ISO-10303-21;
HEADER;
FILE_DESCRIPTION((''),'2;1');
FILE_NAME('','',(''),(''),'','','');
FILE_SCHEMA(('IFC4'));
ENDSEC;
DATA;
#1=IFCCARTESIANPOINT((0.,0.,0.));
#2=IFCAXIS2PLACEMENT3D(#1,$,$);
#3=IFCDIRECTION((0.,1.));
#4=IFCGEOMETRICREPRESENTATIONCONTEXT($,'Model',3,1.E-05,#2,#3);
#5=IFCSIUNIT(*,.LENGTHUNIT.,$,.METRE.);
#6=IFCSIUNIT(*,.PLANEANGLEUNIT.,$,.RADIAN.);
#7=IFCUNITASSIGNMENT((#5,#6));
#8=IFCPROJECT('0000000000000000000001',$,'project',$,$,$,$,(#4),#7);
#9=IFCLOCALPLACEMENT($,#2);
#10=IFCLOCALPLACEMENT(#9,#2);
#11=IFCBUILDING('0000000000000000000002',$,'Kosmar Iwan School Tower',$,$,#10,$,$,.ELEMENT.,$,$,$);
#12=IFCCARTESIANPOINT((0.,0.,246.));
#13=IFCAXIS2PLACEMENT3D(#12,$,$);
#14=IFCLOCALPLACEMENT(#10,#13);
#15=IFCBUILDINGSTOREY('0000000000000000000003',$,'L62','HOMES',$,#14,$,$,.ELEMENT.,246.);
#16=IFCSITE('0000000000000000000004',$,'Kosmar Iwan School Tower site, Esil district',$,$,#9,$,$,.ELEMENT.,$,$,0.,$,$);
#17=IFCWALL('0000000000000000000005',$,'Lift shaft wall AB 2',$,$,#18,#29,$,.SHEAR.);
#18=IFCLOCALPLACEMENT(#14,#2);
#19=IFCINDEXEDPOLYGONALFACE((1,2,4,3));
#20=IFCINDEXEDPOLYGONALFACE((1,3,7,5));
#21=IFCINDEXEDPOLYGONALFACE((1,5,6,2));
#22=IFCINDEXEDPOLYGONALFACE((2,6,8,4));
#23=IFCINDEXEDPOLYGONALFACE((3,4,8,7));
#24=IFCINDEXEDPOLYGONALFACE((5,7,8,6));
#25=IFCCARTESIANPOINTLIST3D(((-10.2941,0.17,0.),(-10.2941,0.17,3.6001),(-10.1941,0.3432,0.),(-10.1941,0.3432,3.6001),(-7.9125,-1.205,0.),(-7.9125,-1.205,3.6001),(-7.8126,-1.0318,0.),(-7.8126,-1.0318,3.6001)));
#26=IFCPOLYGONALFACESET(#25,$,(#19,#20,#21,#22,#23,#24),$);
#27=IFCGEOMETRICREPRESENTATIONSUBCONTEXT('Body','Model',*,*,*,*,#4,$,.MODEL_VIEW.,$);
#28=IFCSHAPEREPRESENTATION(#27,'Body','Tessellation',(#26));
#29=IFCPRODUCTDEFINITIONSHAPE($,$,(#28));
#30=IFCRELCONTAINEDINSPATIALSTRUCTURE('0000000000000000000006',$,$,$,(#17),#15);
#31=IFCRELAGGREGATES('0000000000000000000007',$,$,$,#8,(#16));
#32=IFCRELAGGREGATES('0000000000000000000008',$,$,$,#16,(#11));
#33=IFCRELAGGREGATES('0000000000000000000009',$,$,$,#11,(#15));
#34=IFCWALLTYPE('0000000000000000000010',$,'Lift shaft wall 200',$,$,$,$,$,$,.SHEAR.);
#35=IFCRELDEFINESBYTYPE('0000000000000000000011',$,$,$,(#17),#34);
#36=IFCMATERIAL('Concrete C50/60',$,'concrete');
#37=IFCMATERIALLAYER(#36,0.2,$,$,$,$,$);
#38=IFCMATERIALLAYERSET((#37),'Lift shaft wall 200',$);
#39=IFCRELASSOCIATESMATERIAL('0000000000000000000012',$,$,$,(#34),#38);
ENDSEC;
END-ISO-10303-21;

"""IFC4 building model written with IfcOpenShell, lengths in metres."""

from ifc_helpers import new_model, si_unit, direction, frame, frame_2d, origin, place, context, subcontext, project, spatial, rectangle, extrude, material, layer, layer_set, type_object, element, save


model = new_model("IFC4")

# Units and contexts
model_context = context("Model", 3, precision=1e-05, world=origin(), true_north=direction((0.0, 1.0)))
body_context = subcontext(model_context, "Body", "Model", "MODEL_VIEW")
ifc_project = project(units=[si_unit("LENGTHUNIT", "METRE"), si_unit("PLANEANGLEUNIT", "RADIAN")], contexts=[model_context])

# Site, building, storey
site_placement = place(None, origin())
site = spatial("IfcSite", under=ifc_project, at=site_placement, Name="Kosmar Iwan School Tower site, Esil district", CompositionType="ELEMENT", RefElevation=0.0)
building_placement = place(site_placement, origin())
building = spatial("IfcBuilding", under=site, at=building_placement, Name="Kosmar Iwan School Tower", CompositionType="ELEMENT")
storey_placement = place(building_placement, frame((0.0, 0.0, 246.0)))
storey = spatial("IfcBuildingStorey", under=building, at=storey_placement, Name="L62", Description="HOMES", CompositionType="ELEMENT", Elevation=246.0)

# Wall
ifc_material_1 = material(Name="Concrete C50/60", Category="concrete")
ifc_layer_1 = layer(ifc_material_1, 0.2)
ifc_layer_set_1 = layer_set([ifc_layer_1], Name="Lift shaft wall 200")
wall_type_1 = type_object("IfcWallType", Name="Lift shaft wall 200", PredefinedType="SHEAR", material=ifc_layer_set_1)
wall_1_placement = place(storey_placement, frame((-7.8625, -1.1184, 0.0), z_axis=(0.0, 0.0, 1.0), x_axis=(-0.866027, 0.499997, 0.0)))
element("IfcWall", 1, at=wall_1_placement, inside=storey, type_object=wall_type_1, Name="Lift shaft wall AB 2", PredefinedType="SHEAR", context=body_context, shape_type="SweptSolid", body=[
    extrude(rectangle(XDim=2.75, YDim=0.2, at=frame_2d((1.375, 0.0))), origin(), (0.0, 0.0, 1.0), 3.6001),
])

save(model, "model.ifc")
